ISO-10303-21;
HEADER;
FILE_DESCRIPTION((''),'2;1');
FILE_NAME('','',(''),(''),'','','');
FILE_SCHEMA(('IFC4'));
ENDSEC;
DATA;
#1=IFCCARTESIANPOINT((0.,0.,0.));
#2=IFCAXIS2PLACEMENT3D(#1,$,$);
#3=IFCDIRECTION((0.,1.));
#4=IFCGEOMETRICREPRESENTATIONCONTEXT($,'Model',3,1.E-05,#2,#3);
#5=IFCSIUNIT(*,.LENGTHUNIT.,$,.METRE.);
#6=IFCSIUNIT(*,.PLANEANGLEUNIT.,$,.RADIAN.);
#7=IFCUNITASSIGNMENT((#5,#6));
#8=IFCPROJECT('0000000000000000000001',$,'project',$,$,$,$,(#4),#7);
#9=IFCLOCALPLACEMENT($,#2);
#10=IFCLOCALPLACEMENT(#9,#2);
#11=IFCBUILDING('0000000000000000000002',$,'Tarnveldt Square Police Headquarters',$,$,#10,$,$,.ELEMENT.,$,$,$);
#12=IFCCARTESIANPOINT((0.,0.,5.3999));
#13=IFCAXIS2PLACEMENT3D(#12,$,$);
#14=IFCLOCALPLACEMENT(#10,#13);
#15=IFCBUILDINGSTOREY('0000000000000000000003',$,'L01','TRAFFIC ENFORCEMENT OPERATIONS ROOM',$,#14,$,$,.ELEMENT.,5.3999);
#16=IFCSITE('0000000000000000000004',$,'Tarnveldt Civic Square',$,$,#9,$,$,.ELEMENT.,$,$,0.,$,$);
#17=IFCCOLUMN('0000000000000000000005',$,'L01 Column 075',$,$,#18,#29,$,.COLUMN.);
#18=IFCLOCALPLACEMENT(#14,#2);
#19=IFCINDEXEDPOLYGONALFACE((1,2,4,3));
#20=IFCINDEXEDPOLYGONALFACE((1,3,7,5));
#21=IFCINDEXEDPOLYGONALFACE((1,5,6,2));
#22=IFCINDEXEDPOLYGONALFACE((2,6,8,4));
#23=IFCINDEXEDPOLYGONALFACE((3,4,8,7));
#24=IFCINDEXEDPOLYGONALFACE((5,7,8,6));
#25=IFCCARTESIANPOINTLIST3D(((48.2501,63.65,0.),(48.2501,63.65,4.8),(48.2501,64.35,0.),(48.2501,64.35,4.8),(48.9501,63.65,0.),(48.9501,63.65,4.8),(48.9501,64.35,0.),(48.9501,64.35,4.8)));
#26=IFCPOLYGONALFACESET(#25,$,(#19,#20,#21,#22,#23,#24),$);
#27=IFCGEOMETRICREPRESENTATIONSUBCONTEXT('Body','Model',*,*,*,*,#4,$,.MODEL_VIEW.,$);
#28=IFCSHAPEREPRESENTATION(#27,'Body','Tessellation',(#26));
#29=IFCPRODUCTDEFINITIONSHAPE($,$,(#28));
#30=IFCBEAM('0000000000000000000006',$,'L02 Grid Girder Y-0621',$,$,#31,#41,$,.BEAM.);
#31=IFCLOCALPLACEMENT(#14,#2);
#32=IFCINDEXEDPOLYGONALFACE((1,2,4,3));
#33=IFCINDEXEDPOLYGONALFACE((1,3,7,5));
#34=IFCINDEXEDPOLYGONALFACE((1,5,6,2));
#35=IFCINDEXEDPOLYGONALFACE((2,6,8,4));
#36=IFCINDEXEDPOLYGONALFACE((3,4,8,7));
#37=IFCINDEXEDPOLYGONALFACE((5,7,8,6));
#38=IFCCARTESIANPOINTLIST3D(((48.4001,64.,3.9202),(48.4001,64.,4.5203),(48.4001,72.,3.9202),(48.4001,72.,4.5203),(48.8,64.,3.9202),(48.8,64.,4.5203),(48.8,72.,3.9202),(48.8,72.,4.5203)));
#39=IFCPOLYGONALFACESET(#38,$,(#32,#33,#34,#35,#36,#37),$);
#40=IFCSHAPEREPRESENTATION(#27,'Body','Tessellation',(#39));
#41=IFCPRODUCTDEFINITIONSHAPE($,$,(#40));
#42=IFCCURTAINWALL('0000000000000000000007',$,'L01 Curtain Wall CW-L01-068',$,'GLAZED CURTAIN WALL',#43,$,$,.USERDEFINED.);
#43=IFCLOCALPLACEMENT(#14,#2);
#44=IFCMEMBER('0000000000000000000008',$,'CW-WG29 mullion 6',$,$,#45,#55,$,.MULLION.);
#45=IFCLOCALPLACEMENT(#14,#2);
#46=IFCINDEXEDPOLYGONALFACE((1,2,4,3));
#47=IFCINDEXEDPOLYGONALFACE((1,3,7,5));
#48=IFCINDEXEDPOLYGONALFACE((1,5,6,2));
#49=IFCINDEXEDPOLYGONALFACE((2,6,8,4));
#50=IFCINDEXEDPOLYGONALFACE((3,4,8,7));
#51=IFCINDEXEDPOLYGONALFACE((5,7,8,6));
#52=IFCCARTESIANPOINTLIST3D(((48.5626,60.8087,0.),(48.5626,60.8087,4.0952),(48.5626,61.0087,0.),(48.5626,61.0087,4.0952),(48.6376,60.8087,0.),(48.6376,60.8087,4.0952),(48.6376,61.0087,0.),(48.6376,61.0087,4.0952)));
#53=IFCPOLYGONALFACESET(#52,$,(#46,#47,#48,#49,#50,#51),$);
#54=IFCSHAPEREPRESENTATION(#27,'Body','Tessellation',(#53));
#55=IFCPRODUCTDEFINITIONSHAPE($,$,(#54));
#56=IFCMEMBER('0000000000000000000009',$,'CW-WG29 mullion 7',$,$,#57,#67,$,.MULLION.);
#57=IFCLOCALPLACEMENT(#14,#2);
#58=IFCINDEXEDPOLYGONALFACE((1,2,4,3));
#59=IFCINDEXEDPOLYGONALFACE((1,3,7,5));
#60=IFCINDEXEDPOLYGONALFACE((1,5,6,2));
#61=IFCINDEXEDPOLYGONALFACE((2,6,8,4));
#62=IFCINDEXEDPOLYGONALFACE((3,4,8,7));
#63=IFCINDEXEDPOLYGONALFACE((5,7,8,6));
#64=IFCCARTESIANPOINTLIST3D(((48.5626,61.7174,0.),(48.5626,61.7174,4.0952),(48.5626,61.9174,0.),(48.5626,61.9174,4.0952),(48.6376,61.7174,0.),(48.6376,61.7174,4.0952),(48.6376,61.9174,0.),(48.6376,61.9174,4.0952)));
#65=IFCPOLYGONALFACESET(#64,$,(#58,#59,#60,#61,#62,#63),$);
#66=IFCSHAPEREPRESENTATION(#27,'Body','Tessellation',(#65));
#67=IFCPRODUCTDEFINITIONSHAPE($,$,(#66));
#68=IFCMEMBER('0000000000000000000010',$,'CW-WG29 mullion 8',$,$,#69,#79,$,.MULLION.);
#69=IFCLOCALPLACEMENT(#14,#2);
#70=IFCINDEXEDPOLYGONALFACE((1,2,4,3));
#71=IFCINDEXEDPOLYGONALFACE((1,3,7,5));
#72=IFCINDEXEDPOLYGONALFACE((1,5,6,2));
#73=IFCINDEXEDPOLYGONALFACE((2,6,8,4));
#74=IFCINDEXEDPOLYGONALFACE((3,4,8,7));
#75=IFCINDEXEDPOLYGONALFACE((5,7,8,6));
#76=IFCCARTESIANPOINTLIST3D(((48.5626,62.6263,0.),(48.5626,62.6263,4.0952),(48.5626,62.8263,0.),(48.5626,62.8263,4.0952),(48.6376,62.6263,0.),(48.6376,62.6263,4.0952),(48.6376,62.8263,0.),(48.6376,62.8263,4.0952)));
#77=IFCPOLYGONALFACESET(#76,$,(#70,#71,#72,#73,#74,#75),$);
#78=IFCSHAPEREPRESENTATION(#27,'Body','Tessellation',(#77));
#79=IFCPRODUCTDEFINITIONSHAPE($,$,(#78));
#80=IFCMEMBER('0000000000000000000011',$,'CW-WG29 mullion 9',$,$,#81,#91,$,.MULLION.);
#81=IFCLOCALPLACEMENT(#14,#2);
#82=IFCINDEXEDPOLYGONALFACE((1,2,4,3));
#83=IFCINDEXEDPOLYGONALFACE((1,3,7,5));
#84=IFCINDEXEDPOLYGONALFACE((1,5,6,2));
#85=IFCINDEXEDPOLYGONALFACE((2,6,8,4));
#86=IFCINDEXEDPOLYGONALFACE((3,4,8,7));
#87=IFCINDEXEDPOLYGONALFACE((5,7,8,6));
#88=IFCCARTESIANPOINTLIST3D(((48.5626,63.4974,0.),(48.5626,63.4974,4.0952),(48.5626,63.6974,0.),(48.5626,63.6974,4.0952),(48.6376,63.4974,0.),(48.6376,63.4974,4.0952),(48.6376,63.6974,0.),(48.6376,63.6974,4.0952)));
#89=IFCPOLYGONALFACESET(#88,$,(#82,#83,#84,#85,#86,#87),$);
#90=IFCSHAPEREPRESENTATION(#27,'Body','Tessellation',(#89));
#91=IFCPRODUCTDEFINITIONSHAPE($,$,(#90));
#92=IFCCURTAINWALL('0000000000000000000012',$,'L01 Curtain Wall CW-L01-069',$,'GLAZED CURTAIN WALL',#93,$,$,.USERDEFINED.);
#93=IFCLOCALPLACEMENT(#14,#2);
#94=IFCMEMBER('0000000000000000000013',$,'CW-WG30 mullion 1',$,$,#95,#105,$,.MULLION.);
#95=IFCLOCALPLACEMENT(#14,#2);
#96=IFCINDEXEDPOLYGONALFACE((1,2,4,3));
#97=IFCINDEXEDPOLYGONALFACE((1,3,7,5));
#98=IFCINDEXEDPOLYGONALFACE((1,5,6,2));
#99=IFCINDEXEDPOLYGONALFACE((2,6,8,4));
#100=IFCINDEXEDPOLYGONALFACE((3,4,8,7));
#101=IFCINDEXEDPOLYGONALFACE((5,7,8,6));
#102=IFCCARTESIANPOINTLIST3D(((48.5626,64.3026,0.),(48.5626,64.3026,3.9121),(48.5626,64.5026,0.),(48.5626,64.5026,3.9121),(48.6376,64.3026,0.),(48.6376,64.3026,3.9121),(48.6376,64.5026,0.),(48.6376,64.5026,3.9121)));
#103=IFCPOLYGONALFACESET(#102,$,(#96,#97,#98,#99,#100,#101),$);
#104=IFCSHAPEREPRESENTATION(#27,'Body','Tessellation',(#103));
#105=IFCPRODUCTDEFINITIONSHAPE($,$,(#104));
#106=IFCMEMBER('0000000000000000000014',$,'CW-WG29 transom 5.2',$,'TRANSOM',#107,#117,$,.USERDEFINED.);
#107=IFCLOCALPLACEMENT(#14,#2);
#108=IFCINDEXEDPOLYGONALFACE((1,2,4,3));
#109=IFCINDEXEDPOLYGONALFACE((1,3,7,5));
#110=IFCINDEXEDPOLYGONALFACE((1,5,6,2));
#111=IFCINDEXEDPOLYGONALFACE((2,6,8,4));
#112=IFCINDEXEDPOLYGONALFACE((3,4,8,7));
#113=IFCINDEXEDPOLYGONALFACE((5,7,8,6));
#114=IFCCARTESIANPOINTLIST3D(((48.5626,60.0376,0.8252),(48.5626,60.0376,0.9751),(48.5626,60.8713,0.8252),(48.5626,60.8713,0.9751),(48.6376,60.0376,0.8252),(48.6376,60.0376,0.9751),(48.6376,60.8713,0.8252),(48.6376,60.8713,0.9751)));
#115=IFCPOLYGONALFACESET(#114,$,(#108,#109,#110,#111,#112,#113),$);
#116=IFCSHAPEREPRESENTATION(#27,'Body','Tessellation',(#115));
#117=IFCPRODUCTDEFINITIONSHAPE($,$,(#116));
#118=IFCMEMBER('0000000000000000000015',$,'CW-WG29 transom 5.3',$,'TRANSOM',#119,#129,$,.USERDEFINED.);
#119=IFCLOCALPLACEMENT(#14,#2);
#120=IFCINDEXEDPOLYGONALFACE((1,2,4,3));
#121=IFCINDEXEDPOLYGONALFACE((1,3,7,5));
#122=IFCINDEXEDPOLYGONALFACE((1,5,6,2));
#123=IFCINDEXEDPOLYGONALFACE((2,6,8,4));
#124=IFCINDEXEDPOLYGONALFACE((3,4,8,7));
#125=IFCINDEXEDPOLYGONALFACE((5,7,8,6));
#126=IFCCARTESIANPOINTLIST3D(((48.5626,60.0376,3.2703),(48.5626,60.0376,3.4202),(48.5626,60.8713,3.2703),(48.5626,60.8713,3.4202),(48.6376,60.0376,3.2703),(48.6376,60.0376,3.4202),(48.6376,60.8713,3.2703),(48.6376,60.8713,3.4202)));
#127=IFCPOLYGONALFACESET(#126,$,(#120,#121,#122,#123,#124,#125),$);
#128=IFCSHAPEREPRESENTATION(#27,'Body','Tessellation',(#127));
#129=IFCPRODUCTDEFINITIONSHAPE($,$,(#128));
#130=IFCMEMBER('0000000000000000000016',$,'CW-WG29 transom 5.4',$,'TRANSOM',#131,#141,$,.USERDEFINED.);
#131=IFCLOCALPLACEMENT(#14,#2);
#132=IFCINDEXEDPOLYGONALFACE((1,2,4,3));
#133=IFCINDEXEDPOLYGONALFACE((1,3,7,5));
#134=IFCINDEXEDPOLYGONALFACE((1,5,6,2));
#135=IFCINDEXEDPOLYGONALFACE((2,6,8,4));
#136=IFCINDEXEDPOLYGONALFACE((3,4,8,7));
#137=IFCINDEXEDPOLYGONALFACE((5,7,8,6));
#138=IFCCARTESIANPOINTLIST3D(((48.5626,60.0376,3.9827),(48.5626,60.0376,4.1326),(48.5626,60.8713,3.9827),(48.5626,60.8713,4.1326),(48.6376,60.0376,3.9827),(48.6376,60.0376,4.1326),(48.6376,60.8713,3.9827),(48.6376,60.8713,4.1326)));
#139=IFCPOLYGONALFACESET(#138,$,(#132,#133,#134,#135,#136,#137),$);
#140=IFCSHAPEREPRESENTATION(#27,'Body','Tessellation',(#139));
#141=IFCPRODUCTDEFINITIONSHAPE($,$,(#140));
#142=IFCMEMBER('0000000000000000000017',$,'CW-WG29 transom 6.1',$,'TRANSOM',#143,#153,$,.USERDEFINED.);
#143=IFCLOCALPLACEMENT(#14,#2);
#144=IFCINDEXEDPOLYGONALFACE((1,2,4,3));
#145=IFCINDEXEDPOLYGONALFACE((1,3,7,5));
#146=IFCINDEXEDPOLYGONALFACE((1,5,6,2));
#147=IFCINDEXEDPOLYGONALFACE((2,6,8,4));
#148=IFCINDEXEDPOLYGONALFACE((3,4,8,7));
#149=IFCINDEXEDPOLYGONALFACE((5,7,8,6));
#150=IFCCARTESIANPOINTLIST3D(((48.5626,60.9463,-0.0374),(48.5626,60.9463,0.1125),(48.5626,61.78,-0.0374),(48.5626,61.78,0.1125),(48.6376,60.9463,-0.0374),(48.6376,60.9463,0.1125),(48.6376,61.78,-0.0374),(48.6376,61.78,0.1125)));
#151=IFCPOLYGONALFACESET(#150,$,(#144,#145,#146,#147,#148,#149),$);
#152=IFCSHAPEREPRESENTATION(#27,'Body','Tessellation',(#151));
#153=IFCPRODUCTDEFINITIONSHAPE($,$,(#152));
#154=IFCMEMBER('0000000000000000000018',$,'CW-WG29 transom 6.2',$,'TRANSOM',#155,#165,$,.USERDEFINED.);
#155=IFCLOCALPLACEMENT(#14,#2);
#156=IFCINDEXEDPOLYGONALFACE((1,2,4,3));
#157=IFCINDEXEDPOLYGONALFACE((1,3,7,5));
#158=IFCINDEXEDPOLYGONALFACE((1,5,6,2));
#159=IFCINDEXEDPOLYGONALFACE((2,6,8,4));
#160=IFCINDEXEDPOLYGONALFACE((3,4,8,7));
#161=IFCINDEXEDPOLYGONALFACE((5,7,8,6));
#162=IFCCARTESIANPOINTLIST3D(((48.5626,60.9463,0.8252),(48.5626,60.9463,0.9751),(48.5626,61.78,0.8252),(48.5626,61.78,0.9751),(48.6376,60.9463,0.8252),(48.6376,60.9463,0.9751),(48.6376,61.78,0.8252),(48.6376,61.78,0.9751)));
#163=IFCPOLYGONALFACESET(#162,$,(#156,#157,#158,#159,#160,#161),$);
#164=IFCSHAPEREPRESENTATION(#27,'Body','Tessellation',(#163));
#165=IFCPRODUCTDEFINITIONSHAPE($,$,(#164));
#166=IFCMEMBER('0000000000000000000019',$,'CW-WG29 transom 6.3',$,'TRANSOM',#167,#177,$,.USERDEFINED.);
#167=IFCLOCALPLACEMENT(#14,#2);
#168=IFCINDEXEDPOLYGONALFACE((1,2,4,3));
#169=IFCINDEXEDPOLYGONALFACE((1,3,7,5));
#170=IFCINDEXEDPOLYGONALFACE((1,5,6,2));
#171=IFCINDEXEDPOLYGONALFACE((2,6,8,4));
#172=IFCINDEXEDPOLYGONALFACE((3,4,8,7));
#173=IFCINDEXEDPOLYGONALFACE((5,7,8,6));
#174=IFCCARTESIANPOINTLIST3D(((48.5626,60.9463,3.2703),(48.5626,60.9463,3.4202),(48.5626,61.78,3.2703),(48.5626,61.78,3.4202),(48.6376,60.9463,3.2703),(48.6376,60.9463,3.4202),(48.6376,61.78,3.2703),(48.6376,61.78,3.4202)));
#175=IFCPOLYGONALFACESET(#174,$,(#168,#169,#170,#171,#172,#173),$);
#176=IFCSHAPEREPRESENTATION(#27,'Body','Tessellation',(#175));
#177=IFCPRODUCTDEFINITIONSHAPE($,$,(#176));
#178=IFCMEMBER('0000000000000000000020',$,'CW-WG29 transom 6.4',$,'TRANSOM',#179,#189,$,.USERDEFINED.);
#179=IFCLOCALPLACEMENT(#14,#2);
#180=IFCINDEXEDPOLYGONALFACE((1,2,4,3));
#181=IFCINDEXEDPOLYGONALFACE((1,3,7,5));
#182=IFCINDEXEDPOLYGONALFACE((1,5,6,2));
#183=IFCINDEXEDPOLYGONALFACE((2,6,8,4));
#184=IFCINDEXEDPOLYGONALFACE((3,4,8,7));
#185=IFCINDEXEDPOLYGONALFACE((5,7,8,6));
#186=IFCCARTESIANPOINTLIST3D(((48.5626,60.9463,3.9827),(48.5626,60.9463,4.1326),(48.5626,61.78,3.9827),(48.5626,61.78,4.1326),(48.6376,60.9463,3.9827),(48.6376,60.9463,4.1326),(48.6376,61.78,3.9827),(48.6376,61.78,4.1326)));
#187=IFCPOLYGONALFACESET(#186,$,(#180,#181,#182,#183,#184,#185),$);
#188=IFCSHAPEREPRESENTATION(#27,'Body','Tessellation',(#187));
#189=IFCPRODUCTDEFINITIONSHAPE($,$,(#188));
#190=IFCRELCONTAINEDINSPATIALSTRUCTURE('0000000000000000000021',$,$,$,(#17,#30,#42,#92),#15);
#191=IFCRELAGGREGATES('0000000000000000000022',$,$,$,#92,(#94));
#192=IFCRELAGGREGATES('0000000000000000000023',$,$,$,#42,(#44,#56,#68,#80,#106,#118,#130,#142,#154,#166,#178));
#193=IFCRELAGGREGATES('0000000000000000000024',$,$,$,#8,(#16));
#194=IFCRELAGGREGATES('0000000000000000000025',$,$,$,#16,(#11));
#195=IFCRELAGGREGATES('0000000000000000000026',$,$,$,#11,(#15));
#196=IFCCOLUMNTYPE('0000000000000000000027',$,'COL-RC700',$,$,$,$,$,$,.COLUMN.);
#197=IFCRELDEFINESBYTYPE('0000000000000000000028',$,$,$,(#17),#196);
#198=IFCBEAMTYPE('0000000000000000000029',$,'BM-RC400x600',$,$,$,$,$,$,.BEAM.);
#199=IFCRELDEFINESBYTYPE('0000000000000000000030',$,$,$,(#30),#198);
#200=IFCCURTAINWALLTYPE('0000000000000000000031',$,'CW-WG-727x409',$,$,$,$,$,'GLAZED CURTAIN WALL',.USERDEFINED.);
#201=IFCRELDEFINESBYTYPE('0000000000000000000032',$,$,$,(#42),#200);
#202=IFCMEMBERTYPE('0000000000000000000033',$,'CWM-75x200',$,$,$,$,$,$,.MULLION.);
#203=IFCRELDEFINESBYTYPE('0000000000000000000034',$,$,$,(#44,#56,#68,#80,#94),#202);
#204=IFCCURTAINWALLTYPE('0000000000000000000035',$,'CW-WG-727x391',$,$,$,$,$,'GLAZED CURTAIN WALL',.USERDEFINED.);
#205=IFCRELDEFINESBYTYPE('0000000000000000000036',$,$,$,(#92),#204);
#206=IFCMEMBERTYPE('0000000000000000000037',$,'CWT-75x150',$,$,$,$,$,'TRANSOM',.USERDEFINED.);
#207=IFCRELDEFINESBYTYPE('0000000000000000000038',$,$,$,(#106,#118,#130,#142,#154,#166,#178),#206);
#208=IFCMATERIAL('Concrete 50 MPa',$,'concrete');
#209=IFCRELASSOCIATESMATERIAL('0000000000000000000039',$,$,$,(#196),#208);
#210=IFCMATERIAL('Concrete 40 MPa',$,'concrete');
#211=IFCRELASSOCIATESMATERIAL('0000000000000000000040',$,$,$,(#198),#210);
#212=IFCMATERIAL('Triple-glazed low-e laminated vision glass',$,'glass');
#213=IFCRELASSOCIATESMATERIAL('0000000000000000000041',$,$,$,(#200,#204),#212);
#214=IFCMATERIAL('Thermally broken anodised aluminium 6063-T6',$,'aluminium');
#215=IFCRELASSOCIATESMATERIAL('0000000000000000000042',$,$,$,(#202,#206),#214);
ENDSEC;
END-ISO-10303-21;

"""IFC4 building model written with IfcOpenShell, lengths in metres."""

from ifc_helpers import new_model, si_unit, direction, frame, origin, origin_2d, place, context, subcontext, project, spatial, rectangle, extrude, material, material_profile, profile_set, type_object, element, aggregate, save


model = new_model("IFC4")

# Units and contexts
model_context = context("Model", 3, precision=1e-05, world=origin(), true_north=direction((0.0, 1.0)))
body_context = subcontext(model_context, "Body", "Model", "MODEL_VIEW")
ifc_project = project(units=[si_unit("LENGTHUNIT", "METRE"), si_unit("PLANEANGLEUNIT", "RADIAN")], contexts=[model_context])

# Site, building, storey
site_placement = place(None, origin())
site = spatial("IfcSite", under=ifc_project, at=site_placement, Name="Tarnveldt Civic Square", CompositionType="ELEMENT", RefElevation=0.0)
building_placement = place(site_placement, origin())
building = spatial("IfcBuilding", under=site, at=building_placement, Name="Tarnveldt Square Police Headquarters", CompositionType="ELEMENT")
storey_placement = place(building_placement, frame((0.0, 0.0, 5.3999)))
storey = spatial("IfcBuildingStorey", under=building, at=storey_placement, Name="L01", Description="TRAFFIC ENFORCEMENT OPERATIONS ROOM", CompositionType="ELEMENT", Elevation=5.3999)

# Column
ifc_material_1 = material(Name="Concrete 50 MPa", Category="concrete")
ifc_material_profile_1 = material_profile(ifc_material_1, rectangle(XDim=0.7, YDim=0.7, at=origin_2d()), Name="RC-C700x700")
ifc_profile_set_1 = profile_set([ifc_material_profile_1], Name="Concrete 50 MPa")
column_type = type_object("IfcColumnType", Name="COL-RC700", PredefinedType="COLUMN", material=ifc_profile_set_1)
column_placement = place(storey_placement, frame((48.6001, 64.0, 0.0), z_axis=(0.0, 0.0, 1.0), x_axis=(1.0, 0.0, 0.0)))
element("IfcColumn", 1, at=column_placement, inside=storey, type_object=column_type, Name="L01 Column 075", PredefinedType="COLUMN", context=body_context, shape_type="SweptSolid", body=[
    extrude(rectangle(XDim=0.7, YDim=0.7, at=origin_2d()), origin(), (0.0, 0.0, 1.0), 4.8),
])

# Beam
ifc_material_2 = material(Name="Concrete 40 MPa", Category="concrete")
ifc_material_profile_2 = material_profile(ifc_material_2, rectangle(XDim=0.3999, YDim=0.6001, at=origin_2d()), Name="RC-B400x600")
ifc_profile_set_2 = profile_set([ifc_material_profile_2], Name="Concrete 40 MPa")
beam_type = type_object("IfcBeamType", Name="BM-RC400x600", PredefinedType="BEAM", material=ifc_profile_set_2)
beam_placement = place(storey_placement, frame((48.6001, 64.0, 4.2202), z_axis=(0.0, 1.0, 0.0), x_axis=(-1.0, 0.0, 0.0)))
element("IfcBeam", 2, at=beam_placement, inside=storey, type_object=beam_type, Name="L02 Grid Girder Y-0621", PredefinedType="BEAM", context=body_context, shape_type="SweptSolid", body=[
    extrude(rectangle(XDim=0.3999, YDim=0.6001, at=origin_2d()), origin(), (0.0, 0.0, 1.0), 8.0),
])

# Curtain wall, members
ifc_material_3 = material(Name="Triple-glazed low-e laminated vision glass", Category="glass")
curtain_wall_type_1 = type_object("IfcCurtainWallType", Name="CW-WG-727x409", ElementType="GLAZED CURTAIN WALL", PredefinedType="USERDEFINED", material=ifc_material_3)
curtain_wall_1_placement = place(storey_placement, origin())
curtain_wall_1 = element("IfcCurtainWall", 3, at=curtain_wall_1_placement, inside=storey, type_object=curtain_wall_type_1, Name="L01 Curtain Wall CW-L01-068", ObjectType="GLAZED CURTAIN WALL", PredefinedType="USERDEFINED")
ifc_material_4 = material(Name="Thermally broken anodised aluminium 6063-T6", Category="aluminium")
ifc_material_profile_3 = material_profile(ifc_material_4, rectangle(XDim=0.075, YDim=0.2, at=origin_2d()), Name="CW-M75x200")
ifc_profile_set_3 = profile_set([ifc_material_profile_3], Name="Thermally broken anodised aluminium 6063-T6")
member_type_1 = type_object("IfcMemberType", Name="CWM-75x200", PredefinedType="MULLION", material=ifc_profile_set_3)
member_1_placement = place(storey_placement, frame((48.6001, 60.9087, 0.0), z_axis=(0.0, 0.0, 1.0), x_axis=(-1.0, 0.0, 0.0)))
member_1 = element("IfcMember", 4, at=member_1_placement, type_object=member_type_1, Name="CW-WG29 mullion 6", PredefinedType="MULLION", context=body_context, shape_type="SweptSolid", body=[
    extrude(rectangle(XDim=0.075, YDim=0.2, at=origin_2d()), origin(), (0.0, 0.0, 1.0), 4.0952),
])
member_2_placement = place(storey_placement, frame((48.6001, 61.8174, 0.0), z_axis=(0.0, 0.0, 1.0), x_axis=(-1.0, 0.0, 0.0)))
member_2 = element("IfcMember", 5, at=member_2_placement, type_object=member_type_1, Name="CW-WG29 mullion 7", PredefinedType="MULLION", context=body_context, shape_type="SweptSolid", body=[
    extrude(rectangle(XDim=0.075, YDim=0.2, at=origin_2d()), origin(), (0.0, 0.0, 1.0), 4.0952),
])
member_3_placement = place(storey_placement, frame((48.6001, 62.7263, 0.0), z_axis=(0.0, 0.0, 1.0), x_axis=(-1.0, 0.0, 0.0)))
member_3 = element("IfcMember", 6, at=member_3_placement, type_object=member_type_1, Name="CW-WG29 mullion 8", PredefinedType="MULLION", context=body_context, shape_type="SweptSolid", body=[
    extrude(rectangle(XDim=0.075, YDim=0.2, at=origin_2d()), origin(), (0.0, 0.0, 1.0), 4.0952),
])
member_4_placement = place(storey_placement, frame((48.6001, 63.5974, 0.0), z_axis=(0.0, 0.0, 1.0), x_axis=(-1.0, 0.0, 0.0)))
member_4 = element("IfcMember", 7, at=member_4_placement, type_object=member_type_1, Name="CW-WG29 mullion 9", PredefinedType="MULLION", context=body_context, shape_type="SweptSolid", body=[
    extrude(rectangle(XDim=0.075, YDim=0.2, at=origin_2d()), origin(), (0.0, 0.0, 1.0), 4.0952),
])

# Curtain wall, member
curtain_wall_type_2 = type_object("IfcCurtainWallType", Name="CW-WG-727x391", ElementType="GLAZED CURTAIN WALL", PredefinedType="USERDEFINED", material=ifc_material_3)
curtain_wall_2_placement = place(storey_placement, origin())
curtain_wall_2 = element("IfcCurtainWall", 8, at=curtain_wall_2_placement, inside=storey, type_object=curtain_wall_type_2, Name="L01 Curtain Wall CW-L01-069", ObjectType="GLAZED CURTAIN WALL", PredefinedType="USERDEFINED")
member_5_placement = place(storey_placement, frame((48.6001, 64.4026, 0.0), z_axis=(0.0, 0.0, 1.0), x_axis=(-1.0, 0.0, 0.0)))
member_5 = element("IfcMember", 9, at=member_5_placement, type_object=member_type_1, Name="CW-WG30 mullion 1", PredefinedType="MULLION", context=body_context, shape_type="SweptSolid", body=[
    extrude(rectangle(XDim=0.075, YDim=0.2, at=origin_2d()), origin(), (0.0, 0.0, 1.0), 3.9121),
])

# Members
ifc_material_profile_4 = material_profile(ifc_material_4, rectangle(XDim=0.075, YDim=0.1499, at=origin_2d()), Name="CW-T75x150")
ifc_profile_set_4 = profile_set([ifc_material_profile_4], Name="Thermally broken anodised aluminium 6063-T6")
member_type_2 = type_object("IfcMemberType", Name="CWT-75x150", ElementType="TRANSOM", PredefinedType="USERDEFINED", material=ifc_profile_set_4)
member_6_placement = place(storey_placement, frame((48.6001, 60.0376, 0.9001), z_axis=(0.0, 1.0, 0.0), x_axis=(-1.0, 0.0, 0.0)))
member_6 = element("IfcMember", 10, at=member_6_placement, type_object=member_type_2, Name="CW-WG29 transom 5.2", ObjectType="TRANSOM", PredefinedType="USERDEFINED", context=body_context, shape_type="SweptSolid", body=[
    extrude(rectangle(XDim=0.075, YDim=0.1499, at=origin_2d()), origin(), (0.0, 0.0, 1.0), 0.8337),
])
member_7_placement = place(storey_placement, frame((48.6001, 60.0376, 3.3452), z_axis=(0.0, 1.0, 0.0), x_axis=(-1.0, 0.0, 0.0)))
member_7 = element("IfcMember", 11, at=member_7_placement, type_object=member_type_2, Name="CW-WG29 transom 5.3", ObjectType="TRANSOM", PredefinedType="USERDEFINED", context=body_context, shape_type="SweptSolid", body=[
    extrude(rectangle(XDim=0.075, YDim=0.1499, at=origin_2d()), origin(), (0.0, 0.0, 1.0), 0.8337),
])
member_8_placement = place(storey_placement, frame((48.6001, 60.0376, 4.0576), z_axis=(0.0, 1.0, 0.0), x_axis=(-1.0, 0.0, 0.0)))
member_8 = element("IfcMember", 12, at=member_8_placement, type_object=member_type_2, Name="CW-WG29 transom 5.4", ObjectType="TRANSOM", PredefinedType="USERDEFINED", context=body_context, shape_type="SweptSolid", body=[
    extrude(rectangle(XDim=0.075, YDim=0.1499, at=origin_2d()), origin(), (0.0, 0.0, 1.0), 0.8337),
])
member_9_placement = place(storey_placement, frame((48.6001, 60.9463, 0.0376), z_axis=(0.0, 1.0, 0.0), x_axis=(-1.0, 0.0, 0.0)))
member_9 = element("IfcMember", 13, at=member_9_placement, type_object=member_type_2, Name="CW-WG29 transom 6.1", ObjectType="TRANSOM", PredefinedType="USERDEFINED", context=body_context, shape_type="SweptSolid", body=[
    extrude(rectangle(XDim=0.075, YDim=0.1499, at=origin_2d()), origin(), (0.0, 0.0, 1.0), 0.8337),
])
member_10_placement = place(storey_placement, frame((48.6001, 60.9463, 0.9001), z_axis=(0.0, 1.0, 0.0), x_axis=(-1.0, 0.0, 0.0)))
member_10 = element("IfcMember", 14, at=member_10_placement, type_object=member_type_2, Name="CW-WG29 transom 6.2", ObjectType="TRANSOM", PredefinedType="USERDEFINED", context=body_context, shape_type="SweptSolid", body=[
    extrude(rectangle(XDim=0.075, YDim=0.1499, at=origin_2d()), origin(), (0.0, 0.0, 1.0), 0.8337),
])
member_11_placement = place(storey_placement, frame((48.6001, 60.9463, 3.3452), z_axis=(0.0, 1.0, 0.0), x_axis=(-1.0, 0.0, 0.0)))
member_11 = element("IfcMember", 15, at=member_11_placement, type_object=member_type_2, Name="CW-WG29 transom 6.3", ObjectType="TRANSOM", PredefinedType="USERDEFINED", context=body_context, shape_type="SweptSolid", body=[
    extrude(rectangle(XDim=0.075, YDim=0.1499, at=origin_2d()), origin(), (0.0, 0.0, 1.0), 0.8337),
])
member_12_placement = place(storey_placement, frame((48.6001, 60.9463, 4.0576), z_axis=(0.0, 1.0, 0.0), x_axis=(-1.0, 0.0, 0.0)))
member_12 = element("IfcMember", 16, at=member_12_placement, type_object=member_type_2, Name="CW-WG29 transom 6.4", ObjectType="TRANSOM", PredefinedType="USERDEFINED", context=body_context, shape_type="SweptSolid", body=[
    extrude(rectangle(XDim=0.075, YDim=0.1499, at=origin_2d()), origin(), (0.0, 0.0, 1.0), 0.8337),
])
aggregate(curtain_wall_2, [member_5])

aggregate(curtain_wall_1, [member_1, member_2, member_3, member_4, member_6, member_7, member_8, member_9, member_10, member_11, member_12])

save(model, "model.ifc")
